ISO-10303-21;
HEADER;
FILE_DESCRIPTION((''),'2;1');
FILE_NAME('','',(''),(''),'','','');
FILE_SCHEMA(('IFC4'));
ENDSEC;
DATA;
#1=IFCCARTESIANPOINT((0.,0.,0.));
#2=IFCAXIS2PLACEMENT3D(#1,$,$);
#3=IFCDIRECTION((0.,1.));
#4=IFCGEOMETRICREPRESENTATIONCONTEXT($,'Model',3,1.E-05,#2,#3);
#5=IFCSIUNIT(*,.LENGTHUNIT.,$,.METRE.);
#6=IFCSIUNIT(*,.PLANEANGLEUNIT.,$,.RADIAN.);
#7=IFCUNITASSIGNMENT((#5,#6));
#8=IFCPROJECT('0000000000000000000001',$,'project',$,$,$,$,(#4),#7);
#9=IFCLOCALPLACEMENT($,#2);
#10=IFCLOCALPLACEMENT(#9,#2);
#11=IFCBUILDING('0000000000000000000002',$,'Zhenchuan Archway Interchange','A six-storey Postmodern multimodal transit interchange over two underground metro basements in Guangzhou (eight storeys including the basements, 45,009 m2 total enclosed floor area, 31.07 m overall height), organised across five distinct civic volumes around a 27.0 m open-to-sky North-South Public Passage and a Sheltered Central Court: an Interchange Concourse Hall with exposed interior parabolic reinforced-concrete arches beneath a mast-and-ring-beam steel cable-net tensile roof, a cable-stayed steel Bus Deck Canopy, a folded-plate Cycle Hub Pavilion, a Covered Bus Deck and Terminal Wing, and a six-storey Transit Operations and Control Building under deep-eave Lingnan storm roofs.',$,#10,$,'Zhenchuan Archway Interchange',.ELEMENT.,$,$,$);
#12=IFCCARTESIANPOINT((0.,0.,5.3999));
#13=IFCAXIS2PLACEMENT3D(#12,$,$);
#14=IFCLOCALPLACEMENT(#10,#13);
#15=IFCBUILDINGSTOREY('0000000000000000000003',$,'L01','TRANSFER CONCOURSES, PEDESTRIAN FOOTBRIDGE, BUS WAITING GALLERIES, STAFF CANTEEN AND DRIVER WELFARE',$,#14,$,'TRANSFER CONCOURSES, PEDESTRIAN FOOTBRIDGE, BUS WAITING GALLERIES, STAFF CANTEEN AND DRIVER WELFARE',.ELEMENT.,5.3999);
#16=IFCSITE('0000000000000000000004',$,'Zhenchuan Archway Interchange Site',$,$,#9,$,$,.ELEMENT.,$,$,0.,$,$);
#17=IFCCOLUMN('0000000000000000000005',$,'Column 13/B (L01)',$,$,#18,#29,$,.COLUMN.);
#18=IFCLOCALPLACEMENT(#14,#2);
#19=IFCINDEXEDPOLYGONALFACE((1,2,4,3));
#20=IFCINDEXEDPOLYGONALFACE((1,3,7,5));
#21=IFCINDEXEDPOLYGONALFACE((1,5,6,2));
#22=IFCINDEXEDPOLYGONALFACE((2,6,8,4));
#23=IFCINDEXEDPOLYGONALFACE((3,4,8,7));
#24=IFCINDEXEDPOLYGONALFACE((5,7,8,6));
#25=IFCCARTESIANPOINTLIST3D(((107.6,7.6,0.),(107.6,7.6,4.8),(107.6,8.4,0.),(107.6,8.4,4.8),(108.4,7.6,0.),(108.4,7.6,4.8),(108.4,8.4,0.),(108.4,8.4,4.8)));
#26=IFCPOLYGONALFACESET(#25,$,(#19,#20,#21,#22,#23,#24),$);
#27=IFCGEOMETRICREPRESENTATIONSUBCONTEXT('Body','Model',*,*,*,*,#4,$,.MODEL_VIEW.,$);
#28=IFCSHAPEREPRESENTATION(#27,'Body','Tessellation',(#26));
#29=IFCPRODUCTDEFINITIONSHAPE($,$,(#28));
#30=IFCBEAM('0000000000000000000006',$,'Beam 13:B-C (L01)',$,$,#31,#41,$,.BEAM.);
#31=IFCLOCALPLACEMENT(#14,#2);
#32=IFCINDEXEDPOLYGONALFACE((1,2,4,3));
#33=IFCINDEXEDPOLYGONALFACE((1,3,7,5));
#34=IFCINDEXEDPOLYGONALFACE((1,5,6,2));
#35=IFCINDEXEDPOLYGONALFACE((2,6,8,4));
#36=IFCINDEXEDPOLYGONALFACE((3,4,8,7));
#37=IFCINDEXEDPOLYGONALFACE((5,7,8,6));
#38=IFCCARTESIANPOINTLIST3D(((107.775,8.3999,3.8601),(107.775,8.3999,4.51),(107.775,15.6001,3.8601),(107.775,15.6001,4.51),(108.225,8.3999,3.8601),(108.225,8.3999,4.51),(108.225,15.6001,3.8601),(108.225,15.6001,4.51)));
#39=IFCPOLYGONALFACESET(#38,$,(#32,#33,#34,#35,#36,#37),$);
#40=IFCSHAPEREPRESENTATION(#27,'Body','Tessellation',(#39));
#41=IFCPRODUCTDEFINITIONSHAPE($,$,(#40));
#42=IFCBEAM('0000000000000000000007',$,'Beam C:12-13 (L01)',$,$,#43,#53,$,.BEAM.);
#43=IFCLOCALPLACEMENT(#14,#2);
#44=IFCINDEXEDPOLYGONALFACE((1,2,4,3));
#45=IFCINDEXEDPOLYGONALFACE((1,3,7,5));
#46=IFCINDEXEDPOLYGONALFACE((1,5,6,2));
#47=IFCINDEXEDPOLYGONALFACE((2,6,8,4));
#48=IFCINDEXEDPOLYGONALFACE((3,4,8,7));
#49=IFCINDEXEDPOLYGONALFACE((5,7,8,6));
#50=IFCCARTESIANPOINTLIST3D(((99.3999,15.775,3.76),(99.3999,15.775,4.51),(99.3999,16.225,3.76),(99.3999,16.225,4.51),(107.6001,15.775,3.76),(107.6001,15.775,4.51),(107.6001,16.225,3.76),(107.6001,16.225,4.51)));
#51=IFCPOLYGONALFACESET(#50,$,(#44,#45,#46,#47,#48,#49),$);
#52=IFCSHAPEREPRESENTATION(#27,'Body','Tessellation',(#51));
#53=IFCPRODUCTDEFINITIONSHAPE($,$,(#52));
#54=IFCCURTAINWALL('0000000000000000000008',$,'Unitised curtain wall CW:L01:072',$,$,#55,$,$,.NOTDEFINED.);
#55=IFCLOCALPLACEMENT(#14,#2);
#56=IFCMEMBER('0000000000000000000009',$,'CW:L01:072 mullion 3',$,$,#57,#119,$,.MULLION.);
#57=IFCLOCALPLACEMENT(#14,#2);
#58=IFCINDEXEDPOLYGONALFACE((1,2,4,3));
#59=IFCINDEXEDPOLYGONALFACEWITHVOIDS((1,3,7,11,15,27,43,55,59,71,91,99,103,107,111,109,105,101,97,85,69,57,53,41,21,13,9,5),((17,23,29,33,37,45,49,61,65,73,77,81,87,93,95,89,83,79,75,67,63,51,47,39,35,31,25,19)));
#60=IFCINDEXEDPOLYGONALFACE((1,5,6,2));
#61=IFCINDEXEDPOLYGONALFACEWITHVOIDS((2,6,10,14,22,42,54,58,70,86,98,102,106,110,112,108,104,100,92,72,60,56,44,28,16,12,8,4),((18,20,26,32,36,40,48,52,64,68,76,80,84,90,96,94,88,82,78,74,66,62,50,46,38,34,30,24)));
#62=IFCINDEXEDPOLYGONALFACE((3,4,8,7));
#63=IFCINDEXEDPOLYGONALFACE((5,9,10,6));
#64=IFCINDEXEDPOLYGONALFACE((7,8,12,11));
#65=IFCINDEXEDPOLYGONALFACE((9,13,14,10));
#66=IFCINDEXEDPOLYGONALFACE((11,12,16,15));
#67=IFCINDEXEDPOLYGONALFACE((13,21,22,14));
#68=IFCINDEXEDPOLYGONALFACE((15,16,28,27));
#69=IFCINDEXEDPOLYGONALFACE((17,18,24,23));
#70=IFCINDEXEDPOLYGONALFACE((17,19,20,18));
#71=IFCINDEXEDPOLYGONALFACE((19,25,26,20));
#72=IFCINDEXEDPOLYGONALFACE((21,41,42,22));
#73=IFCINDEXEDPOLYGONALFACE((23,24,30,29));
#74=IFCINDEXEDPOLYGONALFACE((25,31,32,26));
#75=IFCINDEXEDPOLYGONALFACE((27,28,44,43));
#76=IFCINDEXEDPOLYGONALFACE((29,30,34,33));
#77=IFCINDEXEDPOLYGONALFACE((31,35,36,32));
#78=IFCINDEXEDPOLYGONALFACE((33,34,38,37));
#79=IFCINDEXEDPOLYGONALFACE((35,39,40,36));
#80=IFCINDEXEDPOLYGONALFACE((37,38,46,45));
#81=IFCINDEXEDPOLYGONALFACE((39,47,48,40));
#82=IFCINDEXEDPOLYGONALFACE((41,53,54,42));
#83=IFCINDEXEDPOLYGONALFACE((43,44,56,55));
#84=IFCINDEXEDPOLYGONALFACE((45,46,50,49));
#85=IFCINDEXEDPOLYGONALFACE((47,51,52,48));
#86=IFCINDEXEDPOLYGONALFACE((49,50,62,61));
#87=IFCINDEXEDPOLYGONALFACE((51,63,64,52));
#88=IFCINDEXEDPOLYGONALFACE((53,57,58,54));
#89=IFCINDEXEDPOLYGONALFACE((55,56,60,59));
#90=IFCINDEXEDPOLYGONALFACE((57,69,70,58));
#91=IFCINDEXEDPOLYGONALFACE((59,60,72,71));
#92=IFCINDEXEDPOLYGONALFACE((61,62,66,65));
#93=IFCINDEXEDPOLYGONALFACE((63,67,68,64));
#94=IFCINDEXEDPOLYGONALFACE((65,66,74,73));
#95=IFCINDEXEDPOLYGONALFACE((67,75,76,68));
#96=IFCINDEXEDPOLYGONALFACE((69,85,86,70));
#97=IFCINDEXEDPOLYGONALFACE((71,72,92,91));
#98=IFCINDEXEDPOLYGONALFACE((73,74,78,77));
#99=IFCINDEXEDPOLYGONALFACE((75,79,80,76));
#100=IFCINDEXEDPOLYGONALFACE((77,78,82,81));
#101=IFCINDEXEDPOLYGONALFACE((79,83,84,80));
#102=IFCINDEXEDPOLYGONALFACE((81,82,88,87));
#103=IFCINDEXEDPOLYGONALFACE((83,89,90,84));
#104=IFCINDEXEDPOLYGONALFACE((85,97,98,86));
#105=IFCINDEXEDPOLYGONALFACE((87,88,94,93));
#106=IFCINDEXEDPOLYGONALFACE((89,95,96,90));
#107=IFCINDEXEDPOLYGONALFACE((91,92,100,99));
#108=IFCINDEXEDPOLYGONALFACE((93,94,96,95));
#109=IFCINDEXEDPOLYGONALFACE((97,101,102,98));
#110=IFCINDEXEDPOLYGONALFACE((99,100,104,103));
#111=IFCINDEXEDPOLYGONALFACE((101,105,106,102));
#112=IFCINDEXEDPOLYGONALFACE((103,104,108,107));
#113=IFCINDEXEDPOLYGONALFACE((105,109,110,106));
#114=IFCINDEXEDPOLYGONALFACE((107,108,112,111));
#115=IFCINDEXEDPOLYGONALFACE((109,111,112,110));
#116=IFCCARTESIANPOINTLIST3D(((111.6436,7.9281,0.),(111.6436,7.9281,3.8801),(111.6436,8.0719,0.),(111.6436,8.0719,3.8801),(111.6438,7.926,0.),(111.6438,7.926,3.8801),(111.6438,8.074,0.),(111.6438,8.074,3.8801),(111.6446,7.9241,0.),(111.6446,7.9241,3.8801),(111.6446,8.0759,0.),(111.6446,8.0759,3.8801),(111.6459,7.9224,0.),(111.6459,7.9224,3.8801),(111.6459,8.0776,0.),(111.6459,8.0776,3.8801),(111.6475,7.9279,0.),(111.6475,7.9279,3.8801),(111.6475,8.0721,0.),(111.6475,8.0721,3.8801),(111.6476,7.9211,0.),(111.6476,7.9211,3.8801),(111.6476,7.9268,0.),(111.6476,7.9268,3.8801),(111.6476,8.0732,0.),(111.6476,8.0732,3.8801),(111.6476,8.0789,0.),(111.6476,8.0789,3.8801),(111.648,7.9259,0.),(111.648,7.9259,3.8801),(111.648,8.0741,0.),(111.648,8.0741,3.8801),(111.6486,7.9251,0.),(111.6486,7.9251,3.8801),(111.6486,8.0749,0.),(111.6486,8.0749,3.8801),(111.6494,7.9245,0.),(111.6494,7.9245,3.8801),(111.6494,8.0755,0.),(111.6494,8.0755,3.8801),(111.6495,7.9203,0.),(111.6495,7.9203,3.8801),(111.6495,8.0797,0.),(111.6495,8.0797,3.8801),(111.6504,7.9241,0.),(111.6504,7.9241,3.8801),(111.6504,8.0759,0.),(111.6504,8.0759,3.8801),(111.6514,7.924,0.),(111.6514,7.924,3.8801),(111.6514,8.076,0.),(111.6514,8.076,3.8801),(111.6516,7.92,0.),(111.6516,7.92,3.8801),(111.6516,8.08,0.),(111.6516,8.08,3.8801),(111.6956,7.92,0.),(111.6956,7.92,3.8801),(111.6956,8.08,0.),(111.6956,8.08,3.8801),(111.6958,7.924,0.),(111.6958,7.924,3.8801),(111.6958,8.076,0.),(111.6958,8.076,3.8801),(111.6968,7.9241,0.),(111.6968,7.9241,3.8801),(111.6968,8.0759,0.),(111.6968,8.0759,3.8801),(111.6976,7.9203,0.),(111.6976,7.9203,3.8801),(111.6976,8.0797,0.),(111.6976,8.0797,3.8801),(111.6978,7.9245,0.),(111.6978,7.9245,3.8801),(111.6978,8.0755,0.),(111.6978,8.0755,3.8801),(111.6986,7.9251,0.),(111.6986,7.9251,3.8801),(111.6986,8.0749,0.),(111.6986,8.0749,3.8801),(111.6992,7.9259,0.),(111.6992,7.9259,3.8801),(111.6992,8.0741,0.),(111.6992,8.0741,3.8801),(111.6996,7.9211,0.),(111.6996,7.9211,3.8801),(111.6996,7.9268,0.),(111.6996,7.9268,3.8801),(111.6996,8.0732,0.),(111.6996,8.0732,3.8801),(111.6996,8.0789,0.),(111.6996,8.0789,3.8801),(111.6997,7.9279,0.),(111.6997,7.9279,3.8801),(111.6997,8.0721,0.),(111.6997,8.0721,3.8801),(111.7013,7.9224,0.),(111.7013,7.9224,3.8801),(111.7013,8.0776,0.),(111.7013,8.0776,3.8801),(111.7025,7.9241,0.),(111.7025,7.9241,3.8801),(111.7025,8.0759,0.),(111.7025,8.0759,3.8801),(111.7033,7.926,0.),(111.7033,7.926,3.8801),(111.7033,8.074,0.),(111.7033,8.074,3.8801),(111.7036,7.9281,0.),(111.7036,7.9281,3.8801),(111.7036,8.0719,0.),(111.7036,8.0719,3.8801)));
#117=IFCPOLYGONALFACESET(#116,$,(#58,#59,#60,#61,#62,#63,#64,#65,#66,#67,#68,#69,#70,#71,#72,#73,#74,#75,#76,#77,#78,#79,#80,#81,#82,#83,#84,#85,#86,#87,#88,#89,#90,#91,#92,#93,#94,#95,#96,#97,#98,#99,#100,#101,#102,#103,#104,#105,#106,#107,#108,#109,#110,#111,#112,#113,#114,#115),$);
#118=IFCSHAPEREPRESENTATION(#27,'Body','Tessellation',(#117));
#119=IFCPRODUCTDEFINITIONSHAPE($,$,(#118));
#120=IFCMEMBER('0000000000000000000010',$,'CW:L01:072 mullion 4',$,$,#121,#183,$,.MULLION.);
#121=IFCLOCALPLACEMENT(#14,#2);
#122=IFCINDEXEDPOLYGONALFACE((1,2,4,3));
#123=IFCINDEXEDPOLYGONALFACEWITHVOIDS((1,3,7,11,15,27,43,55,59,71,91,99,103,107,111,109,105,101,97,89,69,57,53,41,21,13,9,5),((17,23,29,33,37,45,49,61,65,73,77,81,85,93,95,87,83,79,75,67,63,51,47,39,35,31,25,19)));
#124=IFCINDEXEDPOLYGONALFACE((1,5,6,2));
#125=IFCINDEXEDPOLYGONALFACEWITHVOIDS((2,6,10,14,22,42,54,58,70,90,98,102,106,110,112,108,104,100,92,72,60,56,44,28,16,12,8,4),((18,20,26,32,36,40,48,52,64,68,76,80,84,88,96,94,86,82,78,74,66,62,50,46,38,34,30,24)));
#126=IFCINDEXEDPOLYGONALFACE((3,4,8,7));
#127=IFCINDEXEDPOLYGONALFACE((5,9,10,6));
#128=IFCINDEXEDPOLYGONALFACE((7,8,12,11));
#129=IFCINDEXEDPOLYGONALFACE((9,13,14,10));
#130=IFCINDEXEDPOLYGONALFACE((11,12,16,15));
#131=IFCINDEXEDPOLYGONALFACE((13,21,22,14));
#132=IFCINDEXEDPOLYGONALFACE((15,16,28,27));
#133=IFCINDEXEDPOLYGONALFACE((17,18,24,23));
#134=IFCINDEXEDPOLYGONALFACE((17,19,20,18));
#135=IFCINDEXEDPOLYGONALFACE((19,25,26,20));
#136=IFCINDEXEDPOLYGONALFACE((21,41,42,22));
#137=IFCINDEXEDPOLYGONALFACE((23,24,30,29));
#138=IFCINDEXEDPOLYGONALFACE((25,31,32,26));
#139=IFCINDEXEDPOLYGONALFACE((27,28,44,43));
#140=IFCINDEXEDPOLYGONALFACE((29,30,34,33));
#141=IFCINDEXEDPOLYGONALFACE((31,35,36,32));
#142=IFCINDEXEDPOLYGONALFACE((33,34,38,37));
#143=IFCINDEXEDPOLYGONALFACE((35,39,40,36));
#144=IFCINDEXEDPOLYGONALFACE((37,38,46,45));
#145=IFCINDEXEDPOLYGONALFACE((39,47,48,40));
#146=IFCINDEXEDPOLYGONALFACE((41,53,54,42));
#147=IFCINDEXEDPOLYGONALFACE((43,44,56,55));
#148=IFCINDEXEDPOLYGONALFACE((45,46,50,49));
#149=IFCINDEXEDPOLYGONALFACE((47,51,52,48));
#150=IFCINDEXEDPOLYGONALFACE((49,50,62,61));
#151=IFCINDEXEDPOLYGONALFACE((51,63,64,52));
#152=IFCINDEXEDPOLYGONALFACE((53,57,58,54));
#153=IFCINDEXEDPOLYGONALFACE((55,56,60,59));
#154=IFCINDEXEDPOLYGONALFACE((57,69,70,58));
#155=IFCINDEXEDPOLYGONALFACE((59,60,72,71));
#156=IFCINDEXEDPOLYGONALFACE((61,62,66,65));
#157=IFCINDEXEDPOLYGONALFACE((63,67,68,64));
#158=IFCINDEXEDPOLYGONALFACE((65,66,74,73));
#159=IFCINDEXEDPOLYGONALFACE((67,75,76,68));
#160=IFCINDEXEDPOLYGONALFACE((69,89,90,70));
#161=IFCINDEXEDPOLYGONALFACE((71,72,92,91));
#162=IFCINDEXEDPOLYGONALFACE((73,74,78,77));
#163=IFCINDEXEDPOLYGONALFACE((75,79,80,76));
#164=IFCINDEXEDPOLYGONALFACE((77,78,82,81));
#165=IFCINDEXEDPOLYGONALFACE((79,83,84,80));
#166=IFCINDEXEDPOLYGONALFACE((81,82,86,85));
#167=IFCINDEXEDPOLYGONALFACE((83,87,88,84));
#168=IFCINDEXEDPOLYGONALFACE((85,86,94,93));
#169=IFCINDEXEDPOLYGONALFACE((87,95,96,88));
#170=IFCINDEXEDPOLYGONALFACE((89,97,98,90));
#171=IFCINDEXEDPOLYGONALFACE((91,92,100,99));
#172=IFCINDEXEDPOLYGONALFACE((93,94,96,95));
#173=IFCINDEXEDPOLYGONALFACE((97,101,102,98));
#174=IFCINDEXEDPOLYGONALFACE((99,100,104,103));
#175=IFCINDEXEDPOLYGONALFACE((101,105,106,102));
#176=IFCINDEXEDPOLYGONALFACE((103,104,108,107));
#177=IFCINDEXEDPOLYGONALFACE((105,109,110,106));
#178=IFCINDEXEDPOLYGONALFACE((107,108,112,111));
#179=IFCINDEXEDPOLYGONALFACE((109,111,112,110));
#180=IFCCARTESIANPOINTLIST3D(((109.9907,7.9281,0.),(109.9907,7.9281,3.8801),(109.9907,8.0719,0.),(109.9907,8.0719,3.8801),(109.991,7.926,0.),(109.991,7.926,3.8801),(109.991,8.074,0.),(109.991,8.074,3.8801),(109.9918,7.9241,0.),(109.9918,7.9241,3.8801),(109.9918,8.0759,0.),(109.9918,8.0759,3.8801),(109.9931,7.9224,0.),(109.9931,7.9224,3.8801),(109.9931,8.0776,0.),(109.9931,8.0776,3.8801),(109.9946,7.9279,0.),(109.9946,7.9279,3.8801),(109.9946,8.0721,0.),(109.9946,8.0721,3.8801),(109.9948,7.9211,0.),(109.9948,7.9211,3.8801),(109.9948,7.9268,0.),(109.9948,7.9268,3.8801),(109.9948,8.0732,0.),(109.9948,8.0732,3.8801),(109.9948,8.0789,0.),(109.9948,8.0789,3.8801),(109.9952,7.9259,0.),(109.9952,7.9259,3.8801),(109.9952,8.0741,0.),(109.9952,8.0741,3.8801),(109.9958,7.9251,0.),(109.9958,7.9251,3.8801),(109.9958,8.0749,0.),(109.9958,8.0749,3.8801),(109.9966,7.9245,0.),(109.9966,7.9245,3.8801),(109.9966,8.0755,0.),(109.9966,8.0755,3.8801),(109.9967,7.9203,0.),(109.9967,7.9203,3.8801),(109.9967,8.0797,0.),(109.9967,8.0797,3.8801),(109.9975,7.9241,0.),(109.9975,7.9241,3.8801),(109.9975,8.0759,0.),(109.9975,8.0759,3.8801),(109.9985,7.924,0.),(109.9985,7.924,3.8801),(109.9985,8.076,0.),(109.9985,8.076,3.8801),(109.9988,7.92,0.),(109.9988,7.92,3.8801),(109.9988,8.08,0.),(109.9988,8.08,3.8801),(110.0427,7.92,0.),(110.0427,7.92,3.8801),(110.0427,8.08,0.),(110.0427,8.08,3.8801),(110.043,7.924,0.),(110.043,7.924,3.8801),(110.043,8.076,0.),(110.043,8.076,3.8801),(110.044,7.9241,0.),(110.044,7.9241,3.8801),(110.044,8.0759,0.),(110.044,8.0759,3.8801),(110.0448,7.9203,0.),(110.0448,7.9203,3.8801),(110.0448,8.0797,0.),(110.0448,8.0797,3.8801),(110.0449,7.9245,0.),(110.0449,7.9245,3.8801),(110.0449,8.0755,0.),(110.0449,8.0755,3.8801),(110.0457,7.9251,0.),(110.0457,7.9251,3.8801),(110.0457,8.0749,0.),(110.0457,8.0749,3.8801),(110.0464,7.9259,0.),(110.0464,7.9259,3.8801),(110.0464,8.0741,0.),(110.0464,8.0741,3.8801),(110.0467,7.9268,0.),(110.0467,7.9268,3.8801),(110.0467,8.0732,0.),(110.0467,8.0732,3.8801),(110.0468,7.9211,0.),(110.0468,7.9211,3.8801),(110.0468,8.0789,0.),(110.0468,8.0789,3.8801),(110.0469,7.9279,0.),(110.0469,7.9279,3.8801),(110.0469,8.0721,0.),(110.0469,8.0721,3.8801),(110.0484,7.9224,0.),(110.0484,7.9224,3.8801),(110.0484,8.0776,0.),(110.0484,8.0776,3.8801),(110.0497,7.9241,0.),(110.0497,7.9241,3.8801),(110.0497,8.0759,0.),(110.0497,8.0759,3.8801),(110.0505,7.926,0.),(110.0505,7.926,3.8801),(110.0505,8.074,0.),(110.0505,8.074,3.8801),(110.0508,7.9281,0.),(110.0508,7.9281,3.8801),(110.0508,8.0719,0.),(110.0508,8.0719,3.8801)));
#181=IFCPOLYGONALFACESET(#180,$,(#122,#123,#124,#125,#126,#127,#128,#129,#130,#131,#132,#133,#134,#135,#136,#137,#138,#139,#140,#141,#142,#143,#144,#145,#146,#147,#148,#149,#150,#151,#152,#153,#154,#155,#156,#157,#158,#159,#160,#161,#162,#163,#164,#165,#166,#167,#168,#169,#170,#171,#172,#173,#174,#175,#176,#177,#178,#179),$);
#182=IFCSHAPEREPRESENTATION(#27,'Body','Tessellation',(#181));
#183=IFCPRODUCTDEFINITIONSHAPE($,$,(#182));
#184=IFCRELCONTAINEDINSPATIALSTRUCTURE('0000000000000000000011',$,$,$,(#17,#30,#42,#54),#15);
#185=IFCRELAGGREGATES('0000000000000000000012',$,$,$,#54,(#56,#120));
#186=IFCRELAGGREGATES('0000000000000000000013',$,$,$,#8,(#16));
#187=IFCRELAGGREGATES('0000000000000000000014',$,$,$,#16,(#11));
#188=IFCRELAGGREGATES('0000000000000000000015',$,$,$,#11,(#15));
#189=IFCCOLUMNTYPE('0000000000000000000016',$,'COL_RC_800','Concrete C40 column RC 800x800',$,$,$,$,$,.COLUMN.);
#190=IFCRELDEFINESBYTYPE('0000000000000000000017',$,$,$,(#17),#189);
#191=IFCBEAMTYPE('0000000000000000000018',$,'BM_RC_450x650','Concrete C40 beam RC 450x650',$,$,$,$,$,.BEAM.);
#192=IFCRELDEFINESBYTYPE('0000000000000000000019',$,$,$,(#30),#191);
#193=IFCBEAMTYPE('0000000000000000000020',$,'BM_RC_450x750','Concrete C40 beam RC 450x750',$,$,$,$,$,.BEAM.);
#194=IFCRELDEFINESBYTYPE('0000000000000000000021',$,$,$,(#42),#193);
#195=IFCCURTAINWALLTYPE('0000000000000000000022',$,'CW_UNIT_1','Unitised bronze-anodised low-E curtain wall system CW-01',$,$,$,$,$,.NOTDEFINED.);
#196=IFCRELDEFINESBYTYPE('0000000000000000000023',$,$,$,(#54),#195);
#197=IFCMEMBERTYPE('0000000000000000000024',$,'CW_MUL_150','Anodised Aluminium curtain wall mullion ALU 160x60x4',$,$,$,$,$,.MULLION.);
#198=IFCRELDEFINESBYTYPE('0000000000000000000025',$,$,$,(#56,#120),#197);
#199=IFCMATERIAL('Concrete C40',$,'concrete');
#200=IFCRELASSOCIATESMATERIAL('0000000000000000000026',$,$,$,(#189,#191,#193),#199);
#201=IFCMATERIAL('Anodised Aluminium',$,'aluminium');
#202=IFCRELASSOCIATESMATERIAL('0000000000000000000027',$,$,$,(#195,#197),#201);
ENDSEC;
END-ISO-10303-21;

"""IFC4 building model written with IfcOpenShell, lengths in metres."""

from ifc_helpers import new_model, si_unit, direction, frame, origin, origin_2d, place, context, subcontext, project, spatial, rectangle, hollow_rectangle, extrude, material, material_profile, profile_set, type_object, element, aggregate, save


model = new_model("IFC4")

# Units and contexts
model_context = context("Model", 3, precision=1e-05, world=origin(), true_north=direction((0.0, 1.0)))
body_context = subcontext(model_context, "Body", "Model", "MODEL_VIEW")
ifc_project = project(units=[si_unit("LENGTHUNIT", "METRE"), si_unit("PLANEANGLEUNIT", "RADIAN")], contexts=[model_context])

# Site, building, storey
site_placement = place(None, origin())
site = spatial("IfcSite", under=ifc_project, at=site_placement, Name="Zhenchuan Archway Interchange Site", CompositionType="ELEMENT", RefElevation=0.0)
building_placement = place(site_placement, origin())
building = spatial("IfcBuilding", under=site, at=building_placement, Name="Zhenchuan Archway Interchange", Description="A six-storey Postmodern multimodal transit interchange over two underground metro basements in Guangzhou (eight storeys including the basements, 45,009 m2 total enclosed floor area, 31.07 m overall height), organised across five distinct civic volumes around a 27.0 m open-to-sky North-South Public Passage and a Sheltered Central Court: an Interchange Concourse Hall with exposed interior parabolic reinforced-concrete arches beneath a mast-and-ring-beam steel cable-net tensile roof, a cable-stayed steel Bus Deck Canopy, a folded-plate Cycle Hub Pavilion, a Covered Bus Deck and Terminal Wing, and a six-storey Transit Operations and Control Building under deep-eave Lingnan storm roofs.", LongName="Zhenchuan Archway Interchange", CompositionType="ELEMENT")
storey_placement = place(building_placement, frame((0.0, 0.0, 5.3999)))
storey = spatial("IfcBuildingStorey", under=building, at=storey_placement, Name="L01", Description="TRANSFER CONCOURSES, PEDESTRIAN FOOTBRIDGE, BUS WAITING GALLERIES, STAFF CANTEEN AND DRIVER WELFARE", LongName="TRANSFER CONCOURSES, PEDESTRIAN FOOTBRIDGE, BUS WAITING GALLERIES, STAFF CANTEEN AND DRIVER WELFARE", CompositionType="ELEMENT", Elevation=5.3999)

# Column
ifc_material_1 = material(Name="Concrete C40", Category="concrete")
ifc_material_profile_1 = material_profile(ifc_material_1, rectangle(XDim=0.8, YDim=0.8, at=origin_2d()), Name="RC 800x800")
ifc_profile_set_1 = profile_set([ifc_material_profile_1], Name="Concrete C40")
column_type = type_object("IfcColumnType", Name="COL_RC_800", Description="Concrete C40 column RC 800x800", PredefinedType="COLUMN", material=ifc_profile_set_1)
column_placement = place(storey_placement, frame((108.0, 8.0, 0.0), z_axis=(0.0, 0.0, 1.0), x_axis=(1.0, 0.0, 0.0)))
element("IfcColumn", 1, at=column_placement, inside=storey, type_object=column_type, Name="Column 13/B (L01)", PredefinedType="COLUMN", context=body_context, shape_type="SweptSolid", body=[
    extrude(rectangle(XDim=0.8, YDim=0.8, at=origin_2d()), origin(), (0.0, 0.0, 1.0), 4.8),
])

# Beams
ifc_material_profile_2 = material_profile(ifc_material_1, rectangle(XDim=0.45, YDim=0.6499, at=origin_2d()), Name="RC 450x650")
ifc_profile_set_2 = profile_set([ifc_material_profile_2], Name="Concrete C40")
beam_type_1 = type_object("IfcBeamType", Name="BM_RC_450x650", Description="Concrete C40 beam RC 450x650", PredefinedType="BEAM", material=ifc_profile_set_2)
beam_1_placement = place(storey_placement, frame((108.0, 8.3999, 4.1851), z_axis=(0.0, 1.0, 0.0), x_axis=(-1.0, 0.0, 0.0)))
element("IfcBeam", 2, at=beam_1_placement, inside=storey, type_object=beam_type_1, Name="Beam 13:B-C (L01)", PredefinedType="BEAM", context=body_context, shape_type="SweptSolid", body=[
    extrude(rectangle(XDim=0.45, YDim=0.6499, at=origin_2d()), origin(), (0.0, 0.0, 1.0), 7.2002),
])
ifc_material_profile_3 = material_profile(ifc_material_1, rectangle(XDim=0.45, YDim=0.75, at=origin_2d()), Name="RC 450x750")
ifc_profile_set_3 = profile_set([ifc_material_profile_3], Name="Concrete C40")
beam_type_2 = type_object("IfcBeamType", Name="BM_RC_450x750", Description="Concrete C40 beam RC 450x750", PredefinedType="BEAM", material=ifc_profile_set_3)
beam_2_placement = place(storey_placement, frame((99.3999, 16.0, 4.135), z_axis=(1.0, 0.0, 0.0), x_axis=(0.0, 1.0, 0.0)))
element("IfcBeam", 3, at=beam_2_placement, inside=storey, type_object=beam_type_2, Name="Beam C:12-13 (L01)", PredefinedType="BEAM", context=body_context, shape_type="SweptSolid", body=[
    extrude(rectangle(XDim=0.45, YDim=0.75, at=origin_2d()), origin(), (0.0, 0.0, 1.0), 8.2002),
])

# Curtain wall, members
ifc_material_2 = material(Name="Anodised Aluminium", Category="aluminium")
curtain_wall_type = type_object("IfcCurtainWallType", Name="CW_UNIT_1", Description="Unitised bronze-anodised low-E curtain wall system CW-01", PredefinedType="NOTDEFINED", material=ifc_material_2)
curtain_wall_placement = place(storey_placement, origin())
curtain_wall = element("IfcCurtainWall", 4, at=curtain_wall_placement, inside=storey, type_object=curtain_wall_type, Name="Unitised curtain wall CW:L01:072", PredefinedType="NOTDEFINED")
ifc_material_profile_4 = material_profile(ifc_material_2, hollow_rectangle(XDim=0.0601, YDim=0.1599, WallThickness=0.0039, InnerFilletRadius=0.0039, OuterFilletRadius=0.0081, at=origin_2d()), Name="ALU 160x60x4")
ifc_profile_set_4 = profile_set([ifc_material_profile_4], Name="Anodised Aluminium")
member_type_1 = type_object("IfcMemberType", Name="CW_MUL_150", Description="Anodised Aluminium curtain wall mullion ALU 160x60x4", PredefinedType="MULLION", material=ifc_profile_set_4)
member_1_placement = place(storey_placement, frame((111.6736, 8.0, 0.0), z_axis=(0.0, 0.0, 1.0), x_axis=(1.0, 0.0, 0.0)))
member_1 = element("IfcMember", 5, at=member_1_placement, type_object=member_type_1, Name="CW:L01:072 mullion 3", PredefinedType="MULLION", context=body_context, shape_type="SweptSolid", body=[
    extrude(hollow_rectangle(XDim=0.0601, YDim=0.1599, WallThickness=0.0039, InnerFilletRadius=0.0039, OuterFilletRadius=0.0081, at=origin_2d()), origin(), (0.0, 0.0, 1.0), 3.8801),
])
member_2_placement = place(storey_placement, frame((110.0208, 8.0, 0.0), z_axis=(0.0, 0.0, 1.0), x_axis=(1.0, 0.0, 0.0)))
member_2 = element("IfcMember", 6, at=member_2_placement, type_object=member_type_1, Name="CW:L01:072 mullion 4", PredefinedType="MULLION", context=body_context, shape_type="SweptSolid", body=[
    extrude(hollow_rectangle(XDim=0.0601, YDim=0.1599, WallThickness=0.0039, InnerFilletRadius=0.0039, OuterFilletRadius=0.0081, at=origin_2d()), origin(), (0.0, 0.0, 1.0), 3.8801),
])

aggregate(curtain_wall, [member_1, member_2])

save(model, "model.ifc")
